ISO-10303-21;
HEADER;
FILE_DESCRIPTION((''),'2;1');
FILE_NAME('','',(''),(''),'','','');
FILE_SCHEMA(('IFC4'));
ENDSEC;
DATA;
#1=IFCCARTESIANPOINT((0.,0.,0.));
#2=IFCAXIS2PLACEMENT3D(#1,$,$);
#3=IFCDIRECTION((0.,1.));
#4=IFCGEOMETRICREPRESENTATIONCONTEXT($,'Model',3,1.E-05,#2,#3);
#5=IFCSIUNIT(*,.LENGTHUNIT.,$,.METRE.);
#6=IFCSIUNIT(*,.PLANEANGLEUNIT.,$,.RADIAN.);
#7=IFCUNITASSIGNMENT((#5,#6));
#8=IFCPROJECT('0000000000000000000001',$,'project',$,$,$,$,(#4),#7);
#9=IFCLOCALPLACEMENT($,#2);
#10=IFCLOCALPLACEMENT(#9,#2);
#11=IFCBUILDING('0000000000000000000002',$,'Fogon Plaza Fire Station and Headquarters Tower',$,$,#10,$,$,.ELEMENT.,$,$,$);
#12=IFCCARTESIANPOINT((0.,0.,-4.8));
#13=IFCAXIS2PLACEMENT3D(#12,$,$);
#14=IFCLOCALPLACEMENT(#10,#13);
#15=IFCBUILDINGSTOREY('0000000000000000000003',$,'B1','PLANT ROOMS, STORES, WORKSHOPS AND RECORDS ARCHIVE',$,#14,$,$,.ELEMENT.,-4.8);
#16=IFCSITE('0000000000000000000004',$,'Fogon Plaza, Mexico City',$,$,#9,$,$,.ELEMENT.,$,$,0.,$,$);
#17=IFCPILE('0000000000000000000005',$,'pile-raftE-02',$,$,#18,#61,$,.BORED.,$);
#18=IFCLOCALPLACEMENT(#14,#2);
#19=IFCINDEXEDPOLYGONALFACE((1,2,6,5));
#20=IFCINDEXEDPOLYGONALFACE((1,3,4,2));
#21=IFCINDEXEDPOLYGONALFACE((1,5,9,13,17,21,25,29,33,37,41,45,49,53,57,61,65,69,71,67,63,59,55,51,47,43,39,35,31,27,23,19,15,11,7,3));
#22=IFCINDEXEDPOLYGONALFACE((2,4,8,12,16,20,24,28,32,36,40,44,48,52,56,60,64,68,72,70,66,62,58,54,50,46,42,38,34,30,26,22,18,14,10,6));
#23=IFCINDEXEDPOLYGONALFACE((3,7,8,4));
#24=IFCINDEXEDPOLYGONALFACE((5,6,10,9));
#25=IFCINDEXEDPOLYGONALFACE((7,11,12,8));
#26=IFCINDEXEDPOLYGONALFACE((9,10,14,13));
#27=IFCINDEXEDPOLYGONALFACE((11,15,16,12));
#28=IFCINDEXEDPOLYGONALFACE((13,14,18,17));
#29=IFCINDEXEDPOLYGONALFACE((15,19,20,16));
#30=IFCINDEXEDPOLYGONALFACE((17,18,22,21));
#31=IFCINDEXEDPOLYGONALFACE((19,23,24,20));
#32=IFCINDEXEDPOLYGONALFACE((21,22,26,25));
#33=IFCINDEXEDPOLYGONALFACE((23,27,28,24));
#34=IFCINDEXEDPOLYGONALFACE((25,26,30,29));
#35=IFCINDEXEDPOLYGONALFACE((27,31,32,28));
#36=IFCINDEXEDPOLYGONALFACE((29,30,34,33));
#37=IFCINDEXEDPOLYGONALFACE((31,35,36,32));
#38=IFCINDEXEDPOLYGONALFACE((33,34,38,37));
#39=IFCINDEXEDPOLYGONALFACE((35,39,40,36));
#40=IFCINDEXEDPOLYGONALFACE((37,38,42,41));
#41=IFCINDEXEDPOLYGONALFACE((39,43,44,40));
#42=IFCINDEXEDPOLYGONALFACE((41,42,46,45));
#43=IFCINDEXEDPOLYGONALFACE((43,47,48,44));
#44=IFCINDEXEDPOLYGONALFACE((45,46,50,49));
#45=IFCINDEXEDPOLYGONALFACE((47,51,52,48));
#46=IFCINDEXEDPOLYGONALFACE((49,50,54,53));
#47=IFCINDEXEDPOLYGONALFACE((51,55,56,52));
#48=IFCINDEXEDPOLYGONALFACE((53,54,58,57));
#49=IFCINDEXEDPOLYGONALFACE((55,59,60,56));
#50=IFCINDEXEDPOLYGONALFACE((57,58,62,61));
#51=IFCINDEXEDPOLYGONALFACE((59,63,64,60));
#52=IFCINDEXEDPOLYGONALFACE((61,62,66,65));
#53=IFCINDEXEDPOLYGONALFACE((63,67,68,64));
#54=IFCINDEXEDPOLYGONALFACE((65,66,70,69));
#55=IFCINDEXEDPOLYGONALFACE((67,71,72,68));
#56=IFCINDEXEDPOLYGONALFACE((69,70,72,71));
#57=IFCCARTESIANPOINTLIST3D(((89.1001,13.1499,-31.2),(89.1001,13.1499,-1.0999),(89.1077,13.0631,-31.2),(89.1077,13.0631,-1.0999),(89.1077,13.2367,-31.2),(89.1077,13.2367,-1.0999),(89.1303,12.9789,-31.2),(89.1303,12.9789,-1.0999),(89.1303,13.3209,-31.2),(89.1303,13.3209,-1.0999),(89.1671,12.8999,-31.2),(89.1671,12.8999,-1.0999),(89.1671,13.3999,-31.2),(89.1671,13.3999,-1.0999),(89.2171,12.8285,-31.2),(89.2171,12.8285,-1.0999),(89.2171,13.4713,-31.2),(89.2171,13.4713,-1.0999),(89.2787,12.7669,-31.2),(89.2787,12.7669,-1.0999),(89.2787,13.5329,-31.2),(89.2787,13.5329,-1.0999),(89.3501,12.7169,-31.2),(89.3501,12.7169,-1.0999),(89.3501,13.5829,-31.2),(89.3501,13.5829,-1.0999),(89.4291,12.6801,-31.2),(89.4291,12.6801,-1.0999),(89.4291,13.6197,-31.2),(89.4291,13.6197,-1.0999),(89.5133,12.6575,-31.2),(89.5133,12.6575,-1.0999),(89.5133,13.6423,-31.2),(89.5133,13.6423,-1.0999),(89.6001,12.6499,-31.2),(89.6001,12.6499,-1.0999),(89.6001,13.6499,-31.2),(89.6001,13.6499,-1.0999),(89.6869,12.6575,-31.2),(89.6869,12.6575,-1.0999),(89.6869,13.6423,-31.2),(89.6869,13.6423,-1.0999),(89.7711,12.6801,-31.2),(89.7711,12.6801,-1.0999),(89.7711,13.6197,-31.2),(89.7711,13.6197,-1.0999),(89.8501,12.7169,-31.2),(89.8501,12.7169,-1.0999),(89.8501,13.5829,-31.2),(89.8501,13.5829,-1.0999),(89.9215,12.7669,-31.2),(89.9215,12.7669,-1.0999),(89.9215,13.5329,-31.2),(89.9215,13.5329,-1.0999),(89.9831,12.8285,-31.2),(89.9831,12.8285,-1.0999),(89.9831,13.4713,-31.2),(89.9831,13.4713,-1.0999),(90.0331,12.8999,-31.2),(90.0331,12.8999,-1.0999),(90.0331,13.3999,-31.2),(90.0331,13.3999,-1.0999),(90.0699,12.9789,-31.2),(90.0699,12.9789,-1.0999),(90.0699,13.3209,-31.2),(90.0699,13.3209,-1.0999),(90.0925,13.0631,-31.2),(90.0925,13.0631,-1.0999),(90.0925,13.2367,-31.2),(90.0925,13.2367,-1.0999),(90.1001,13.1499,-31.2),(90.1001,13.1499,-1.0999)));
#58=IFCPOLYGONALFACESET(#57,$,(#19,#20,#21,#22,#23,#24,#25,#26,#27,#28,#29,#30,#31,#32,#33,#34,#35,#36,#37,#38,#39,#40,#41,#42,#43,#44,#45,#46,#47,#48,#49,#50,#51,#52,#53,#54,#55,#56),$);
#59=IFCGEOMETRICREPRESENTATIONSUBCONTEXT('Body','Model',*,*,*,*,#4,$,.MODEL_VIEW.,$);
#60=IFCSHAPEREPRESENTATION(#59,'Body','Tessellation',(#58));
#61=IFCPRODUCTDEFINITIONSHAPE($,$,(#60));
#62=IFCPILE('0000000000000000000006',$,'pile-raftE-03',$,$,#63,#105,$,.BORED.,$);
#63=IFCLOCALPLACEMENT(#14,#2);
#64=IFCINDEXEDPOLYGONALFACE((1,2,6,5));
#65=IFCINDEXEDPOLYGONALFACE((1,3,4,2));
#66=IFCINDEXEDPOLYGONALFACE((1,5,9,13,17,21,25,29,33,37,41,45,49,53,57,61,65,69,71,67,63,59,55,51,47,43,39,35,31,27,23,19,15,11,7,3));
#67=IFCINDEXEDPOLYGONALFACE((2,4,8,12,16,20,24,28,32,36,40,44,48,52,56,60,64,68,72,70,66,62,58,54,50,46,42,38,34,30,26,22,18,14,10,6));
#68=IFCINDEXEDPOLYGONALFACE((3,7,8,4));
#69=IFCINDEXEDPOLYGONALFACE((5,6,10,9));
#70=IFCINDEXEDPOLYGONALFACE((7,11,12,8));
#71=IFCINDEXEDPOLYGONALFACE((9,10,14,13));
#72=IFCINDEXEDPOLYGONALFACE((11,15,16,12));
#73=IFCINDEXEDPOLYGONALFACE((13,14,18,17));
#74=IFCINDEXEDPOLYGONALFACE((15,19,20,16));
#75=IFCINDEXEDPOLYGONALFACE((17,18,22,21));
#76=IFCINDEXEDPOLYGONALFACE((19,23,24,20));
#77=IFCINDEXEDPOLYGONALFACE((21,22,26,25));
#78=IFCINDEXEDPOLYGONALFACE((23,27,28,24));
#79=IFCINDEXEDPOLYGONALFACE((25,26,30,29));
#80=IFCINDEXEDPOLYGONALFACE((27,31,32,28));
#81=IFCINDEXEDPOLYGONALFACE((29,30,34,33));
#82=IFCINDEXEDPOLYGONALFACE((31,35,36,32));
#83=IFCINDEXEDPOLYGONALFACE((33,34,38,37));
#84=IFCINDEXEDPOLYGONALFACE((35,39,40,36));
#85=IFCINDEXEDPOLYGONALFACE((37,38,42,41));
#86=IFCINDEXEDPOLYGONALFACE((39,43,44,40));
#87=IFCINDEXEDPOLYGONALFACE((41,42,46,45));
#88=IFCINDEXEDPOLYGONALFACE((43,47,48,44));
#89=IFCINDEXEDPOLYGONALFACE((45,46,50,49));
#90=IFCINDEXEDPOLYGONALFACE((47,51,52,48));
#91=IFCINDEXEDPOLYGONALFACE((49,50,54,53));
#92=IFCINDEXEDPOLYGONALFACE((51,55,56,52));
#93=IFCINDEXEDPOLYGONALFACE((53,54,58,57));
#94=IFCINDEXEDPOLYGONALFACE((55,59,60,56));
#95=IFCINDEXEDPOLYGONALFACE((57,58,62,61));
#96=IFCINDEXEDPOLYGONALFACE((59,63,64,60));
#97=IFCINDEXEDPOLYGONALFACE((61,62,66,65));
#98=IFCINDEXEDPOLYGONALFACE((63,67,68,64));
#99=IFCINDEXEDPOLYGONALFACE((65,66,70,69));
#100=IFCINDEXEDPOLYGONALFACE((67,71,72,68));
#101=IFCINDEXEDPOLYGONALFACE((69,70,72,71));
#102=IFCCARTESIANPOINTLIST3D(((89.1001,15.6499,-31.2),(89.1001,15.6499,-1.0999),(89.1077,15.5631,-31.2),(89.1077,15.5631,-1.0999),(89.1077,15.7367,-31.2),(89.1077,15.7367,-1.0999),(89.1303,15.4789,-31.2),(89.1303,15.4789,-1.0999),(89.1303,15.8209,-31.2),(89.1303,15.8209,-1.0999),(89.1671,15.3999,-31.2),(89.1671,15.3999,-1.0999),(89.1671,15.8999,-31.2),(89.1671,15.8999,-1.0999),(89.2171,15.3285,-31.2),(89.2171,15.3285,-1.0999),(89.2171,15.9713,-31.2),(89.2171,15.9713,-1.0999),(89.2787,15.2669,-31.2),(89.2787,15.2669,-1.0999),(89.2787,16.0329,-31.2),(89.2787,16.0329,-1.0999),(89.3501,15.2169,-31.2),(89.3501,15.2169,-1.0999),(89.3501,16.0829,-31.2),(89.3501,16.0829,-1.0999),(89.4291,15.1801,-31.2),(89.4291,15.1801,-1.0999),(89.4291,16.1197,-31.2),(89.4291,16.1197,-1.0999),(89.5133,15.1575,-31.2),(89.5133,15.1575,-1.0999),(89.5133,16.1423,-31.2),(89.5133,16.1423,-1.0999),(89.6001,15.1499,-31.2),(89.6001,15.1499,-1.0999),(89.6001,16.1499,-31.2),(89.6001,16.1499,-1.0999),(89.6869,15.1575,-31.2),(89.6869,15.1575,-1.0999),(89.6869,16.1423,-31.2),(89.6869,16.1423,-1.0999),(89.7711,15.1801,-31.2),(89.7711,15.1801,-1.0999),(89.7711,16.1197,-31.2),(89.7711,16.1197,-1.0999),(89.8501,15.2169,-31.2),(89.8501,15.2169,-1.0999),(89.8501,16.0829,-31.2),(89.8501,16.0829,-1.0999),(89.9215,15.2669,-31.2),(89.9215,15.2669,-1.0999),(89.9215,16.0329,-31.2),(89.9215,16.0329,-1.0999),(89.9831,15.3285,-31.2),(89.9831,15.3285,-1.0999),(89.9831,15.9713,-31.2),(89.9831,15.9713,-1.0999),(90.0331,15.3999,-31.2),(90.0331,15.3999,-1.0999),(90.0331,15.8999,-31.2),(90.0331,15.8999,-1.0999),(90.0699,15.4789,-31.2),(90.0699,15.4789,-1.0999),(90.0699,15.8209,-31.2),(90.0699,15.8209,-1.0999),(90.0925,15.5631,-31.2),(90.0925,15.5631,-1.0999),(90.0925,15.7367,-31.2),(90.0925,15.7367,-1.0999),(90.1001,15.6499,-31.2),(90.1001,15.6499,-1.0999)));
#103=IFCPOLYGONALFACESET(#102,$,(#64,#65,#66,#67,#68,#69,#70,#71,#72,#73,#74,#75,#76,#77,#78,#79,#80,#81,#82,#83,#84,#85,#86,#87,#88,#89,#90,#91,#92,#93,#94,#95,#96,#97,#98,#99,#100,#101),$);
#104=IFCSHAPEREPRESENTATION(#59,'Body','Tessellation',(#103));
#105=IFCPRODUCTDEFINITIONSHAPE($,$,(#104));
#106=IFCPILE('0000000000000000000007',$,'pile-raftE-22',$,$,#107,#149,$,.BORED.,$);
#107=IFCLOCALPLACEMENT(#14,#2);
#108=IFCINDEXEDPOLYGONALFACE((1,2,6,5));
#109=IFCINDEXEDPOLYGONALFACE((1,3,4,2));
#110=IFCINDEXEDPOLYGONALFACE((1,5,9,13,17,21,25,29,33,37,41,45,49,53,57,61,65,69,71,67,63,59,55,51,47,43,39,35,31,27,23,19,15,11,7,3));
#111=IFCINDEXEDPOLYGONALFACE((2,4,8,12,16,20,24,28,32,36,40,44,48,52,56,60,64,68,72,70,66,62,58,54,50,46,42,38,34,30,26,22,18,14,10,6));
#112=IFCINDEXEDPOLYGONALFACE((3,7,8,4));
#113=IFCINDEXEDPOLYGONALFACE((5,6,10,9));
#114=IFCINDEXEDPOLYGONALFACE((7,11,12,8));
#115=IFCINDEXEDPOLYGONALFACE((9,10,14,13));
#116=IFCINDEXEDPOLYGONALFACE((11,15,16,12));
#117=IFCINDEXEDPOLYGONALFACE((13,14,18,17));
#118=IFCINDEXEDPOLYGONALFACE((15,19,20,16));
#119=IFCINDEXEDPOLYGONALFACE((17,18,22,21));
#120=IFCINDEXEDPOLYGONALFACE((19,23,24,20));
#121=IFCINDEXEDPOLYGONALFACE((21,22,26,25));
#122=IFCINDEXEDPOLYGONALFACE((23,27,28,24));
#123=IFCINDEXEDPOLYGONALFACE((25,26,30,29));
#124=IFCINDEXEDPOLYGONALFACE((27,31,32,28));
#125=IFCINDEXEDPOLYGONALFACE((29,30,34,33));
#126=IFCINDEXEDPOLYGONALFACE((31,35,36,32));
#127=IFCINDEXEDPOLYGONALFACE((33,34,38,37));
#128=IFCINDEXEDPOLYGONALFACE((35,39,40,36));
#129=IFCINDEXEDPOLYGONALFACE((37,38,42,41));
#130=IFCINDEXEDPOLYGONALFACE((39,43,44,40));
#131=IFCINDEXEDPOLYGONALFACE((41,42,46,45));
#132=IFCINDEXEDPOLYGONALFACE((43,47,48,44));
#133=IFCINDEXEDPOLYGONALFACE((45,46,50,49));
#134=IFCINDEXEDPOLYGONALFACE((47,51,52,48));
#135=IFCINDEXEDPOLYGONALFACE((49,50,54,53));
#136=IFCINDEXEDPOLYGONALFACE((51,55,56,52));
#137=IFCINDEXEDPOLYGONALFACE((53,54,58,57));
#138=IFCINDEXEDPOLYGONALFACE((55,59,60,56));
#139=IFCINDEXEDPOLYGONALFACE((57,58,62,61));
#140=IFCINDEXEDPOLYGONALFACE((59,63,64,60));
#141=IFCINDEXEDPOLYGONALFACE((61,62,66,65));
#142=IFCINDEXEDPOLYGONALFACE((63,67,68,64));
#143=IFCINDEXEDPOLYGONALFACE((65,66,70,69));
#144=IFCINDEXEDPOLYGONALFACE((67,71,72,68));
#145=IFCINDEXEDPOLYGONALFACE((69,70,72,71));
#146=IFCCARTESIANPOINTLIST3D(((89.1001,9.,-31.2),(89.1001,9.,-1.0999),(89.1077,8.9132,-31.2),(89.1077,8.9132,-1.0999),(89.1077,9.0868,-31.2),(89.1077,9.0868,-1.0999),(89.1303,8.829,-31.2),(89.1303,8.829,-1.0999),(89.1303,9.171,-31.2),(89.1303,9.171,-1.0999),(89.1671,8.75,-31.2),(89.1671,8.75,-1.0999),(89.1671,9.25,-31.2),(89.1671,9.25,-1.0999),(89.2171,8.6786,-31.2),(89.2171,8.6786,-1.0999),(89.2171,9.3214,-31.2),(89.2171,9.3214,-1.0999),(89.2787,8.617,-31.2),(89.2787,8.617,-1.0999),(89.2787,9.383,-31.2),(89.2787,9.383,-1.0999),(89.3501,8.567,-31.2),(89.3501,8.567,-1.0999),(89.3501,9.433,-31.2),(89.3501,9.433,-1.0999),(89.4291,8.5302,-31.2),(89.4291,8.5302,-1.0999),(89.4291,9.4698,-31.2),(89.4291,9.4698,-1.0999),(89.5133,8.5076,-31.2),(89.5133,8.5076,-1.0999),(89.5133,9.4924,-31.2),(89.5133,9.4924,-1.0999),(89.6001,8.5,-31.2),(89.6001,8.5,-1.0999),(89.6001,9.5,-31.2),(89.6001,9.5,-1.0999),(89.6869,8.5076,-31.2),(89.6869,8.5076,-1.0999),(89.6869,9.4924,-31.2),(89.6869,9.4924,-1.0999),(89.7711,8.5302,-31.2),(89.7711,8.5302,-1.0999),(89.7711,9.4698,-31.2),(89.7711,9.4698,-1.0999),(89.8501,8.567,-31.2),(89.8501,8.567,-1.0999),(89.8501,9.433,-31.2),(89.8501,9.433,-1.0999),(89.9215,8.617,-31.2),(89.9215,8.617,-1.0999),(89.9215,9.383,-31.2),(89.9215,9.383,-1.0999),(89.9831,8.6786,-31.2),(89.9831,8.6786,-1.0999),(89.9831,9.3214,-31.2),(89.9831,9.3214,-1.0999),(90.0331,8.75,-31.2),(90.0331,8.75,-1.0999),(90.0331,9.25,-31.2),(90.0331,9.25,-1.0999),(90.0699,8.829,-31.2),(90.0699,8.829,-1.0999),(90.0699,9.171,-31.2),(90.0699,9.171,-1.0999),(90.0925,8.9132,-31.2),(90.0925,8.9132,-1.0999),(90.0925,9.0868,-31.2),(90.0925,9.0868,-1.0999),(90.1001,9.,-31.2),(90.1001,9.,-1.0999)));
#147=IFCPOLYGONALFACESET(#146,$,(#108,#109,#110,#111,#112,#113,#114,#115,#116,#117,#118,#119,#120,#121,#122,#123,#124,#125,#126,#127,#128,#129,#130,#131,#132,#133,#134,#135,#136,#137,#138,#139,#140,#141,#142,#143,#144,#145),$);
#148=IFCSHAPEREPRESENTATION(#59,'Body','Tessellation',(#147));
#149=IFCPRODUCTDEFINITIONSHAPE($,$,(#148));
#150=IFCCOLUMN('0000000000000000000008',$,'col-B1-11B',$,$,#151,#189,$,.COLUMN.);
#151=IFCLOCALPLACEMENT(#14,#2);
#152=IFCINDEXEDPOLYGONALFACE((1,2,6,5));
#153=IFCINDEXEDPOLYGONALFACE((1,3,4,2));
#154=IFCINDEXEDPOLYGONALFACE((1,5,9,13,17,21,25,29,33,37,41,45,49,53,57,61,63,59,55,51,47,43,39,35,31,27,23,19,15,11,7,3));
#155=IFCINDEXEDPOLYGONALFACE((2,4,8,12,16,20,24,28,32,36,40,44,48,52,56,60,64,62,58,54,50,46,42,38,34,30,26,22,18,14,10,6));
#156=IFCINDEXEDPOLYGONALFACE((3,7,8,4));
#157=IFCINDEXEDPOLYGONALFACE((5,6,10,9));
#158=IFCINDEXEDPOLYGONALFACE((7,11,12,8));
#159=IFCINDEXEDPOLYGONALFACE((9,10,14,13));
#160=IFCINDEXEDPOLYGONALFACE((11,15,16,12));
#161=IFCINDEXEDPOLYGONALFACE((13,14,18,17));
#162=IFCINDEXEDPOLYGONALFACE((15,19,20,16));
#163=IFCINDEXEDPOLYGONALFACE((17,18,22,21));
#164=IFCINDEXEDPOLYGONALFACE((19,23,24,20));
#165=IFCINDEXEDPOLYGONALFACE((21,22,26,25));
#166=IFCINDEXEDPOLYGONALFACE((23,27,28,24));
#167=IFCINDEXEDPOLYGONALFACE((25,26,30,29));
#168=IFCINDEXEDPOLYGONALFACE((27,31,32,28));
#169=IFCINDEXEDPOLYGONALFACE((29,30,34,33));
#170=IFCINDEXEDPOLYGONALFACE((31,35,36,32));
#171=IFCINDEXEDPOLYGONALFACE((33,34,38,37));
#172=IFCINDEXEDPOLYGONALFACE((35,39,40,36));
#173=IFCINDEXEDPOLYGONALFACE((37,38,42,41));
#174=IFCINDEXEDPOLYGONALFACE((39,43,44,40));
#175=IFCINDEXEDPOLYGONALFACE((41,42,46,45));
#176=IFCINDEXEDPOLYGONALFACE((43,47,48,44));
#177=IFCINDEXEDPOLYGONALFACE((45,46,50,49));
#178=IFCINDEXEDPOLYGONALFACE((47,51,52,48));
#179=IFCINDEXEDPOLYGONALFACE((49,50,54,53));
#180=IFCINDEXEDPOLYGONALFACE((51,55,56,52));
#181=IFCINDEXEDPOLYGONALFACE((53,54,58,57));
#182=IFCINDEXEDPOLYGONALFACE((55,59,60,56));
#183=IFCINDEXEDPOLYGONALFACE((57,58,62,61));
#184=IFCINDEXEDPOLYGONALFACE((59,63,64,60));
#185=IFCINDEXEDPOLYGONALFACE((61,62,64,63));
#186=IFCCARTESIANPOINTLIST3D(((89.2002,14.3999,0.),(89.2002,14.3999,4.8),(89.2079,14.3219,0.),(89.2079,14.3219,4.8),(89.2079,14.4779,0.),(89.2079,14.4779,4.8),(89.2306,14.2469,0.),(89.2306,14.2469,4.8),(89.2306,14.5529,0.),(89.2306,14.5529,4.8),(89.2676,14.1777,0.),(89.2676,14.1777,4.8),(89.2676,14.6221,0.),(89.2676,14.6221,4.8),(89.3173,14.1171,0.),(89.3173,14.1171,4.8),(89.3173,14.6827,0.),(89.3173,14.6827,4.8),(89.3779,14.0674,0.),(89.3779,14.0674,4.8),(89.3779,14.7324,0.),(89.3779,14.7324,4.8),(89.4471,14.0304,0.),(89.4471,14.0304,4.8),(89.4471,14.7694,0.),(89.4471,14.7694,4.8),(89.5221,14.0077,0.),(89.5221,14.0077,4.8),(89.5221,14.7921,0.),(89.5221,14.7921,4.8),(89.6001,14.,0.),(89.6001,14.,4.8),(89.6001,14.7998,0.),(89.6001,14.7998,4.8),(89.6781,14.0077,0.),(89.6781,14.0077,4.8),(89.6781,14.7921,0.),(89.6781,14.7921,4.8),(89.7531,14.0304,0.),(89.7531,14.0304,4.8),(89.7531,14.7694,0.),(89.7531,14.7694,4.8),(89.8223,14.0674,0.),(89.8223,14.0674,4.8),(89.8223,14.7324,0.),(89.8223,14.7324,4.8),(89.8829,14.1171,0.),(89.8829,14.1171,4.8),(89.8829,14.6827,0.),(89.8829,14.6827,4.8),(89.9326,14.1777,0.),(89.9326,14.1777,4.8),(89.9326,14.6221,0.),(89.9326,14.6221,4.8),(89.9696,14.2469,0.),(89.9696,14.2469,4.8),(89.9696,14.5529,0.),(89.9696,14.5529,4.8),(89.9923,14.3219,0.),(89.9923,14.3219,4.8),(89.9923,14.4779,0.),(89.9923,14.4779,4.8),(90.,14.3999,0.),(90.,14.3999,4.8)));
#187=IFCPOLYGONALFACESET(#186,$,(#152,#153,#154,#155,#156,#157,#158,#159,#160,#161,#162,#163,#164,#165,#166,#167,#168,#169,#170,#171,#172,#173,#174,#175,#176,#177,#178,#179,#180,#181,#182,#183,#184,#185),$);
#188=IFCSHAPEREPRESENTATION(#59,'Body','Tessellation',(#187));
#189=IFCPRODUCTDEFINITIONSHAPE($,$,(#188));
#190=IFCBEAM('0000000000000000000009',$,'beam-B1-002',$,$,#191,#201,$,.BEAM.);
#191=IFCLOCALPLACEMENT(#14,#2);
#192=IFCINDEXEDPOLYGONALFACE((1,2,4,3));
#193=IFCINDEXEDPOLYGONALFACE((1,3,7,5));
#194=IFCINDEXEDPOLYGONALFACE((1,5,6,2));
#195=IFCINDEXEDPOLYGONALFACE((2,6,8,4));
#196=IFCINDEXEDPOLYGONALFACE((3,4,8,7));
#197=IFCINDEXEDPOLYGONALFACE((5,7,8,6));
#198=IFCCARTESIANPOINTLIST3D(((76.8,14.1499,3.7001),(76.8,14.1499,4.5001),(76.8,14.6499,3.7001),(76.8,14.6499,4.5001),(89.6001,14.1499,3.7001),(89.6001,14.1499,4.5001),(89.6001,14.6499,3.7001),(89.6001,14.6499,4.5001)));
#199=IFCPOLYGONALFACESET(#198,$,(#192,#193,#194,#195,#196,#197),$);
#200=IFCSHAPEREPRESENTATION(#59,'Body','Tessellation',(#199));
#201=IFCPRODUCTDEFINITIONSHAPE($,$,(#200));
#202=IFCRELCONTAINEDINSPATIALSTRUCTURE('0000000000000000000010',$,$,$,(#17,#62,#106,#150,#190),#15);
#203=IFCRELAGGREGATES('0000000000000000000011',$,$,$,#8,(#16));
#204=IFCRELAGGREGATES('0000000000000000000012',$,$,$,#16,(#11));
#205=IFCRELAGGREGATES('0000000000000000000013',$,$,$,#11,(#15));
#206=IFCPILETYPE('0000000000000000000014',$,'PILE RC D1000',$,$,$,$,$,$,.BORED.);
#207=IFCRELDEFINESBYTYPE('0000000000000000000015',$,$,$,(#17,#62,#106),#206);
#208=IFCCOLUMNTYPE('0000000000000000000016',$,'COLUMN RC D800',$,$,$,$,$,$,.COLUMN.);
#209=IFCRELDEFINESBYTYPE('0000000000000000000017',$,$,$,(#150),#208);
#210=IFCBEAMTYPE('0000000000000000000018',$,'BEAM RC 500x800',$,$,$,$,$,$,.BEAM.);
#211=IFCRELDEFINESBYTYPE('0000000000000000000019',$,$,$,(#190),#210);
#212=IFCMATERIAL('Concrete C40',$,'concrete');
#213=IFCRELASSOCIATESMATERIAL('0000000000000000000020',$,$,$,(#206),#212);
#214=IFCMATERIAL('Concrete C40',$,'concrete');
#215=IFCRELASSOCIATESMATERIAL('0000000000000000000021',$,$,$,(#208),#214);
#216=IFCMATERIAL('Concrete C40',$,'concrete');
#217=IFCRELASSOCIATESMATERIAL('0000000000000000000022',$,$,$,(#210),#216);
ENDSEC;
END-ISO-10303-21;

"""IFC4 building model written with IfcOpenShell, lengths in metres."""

from ifc_helpers import new_model, si_unit, direction, frame, origin, origin_2d, place, context, subcontext, project, spatial, rectangle, circle, extrude, material, material_profile, profile_set, type_object, element, save


model = new_model("IFC4")

# Units and contexts
model_context = context("Model", 3, precision=1e-05, world=origin(), true_north=direction((0.0, 1.0)))
body_context = subcontext(model_context, "Body", "Model", "MODEL_VIEW")
ifc_project = project(units=[si_unit("LENGTHUNIT", "METRE"), si_unit("PLANEANGLEUNIT", "RADIAN")], contexts=[model_context])

# Site, building, storey
site_placement = place(None, origin())
site = spatial("IfcSite", under=ifc_project, at=site_placement, Name="Fogon Plaza, Mexico City", CompositionType="ELEMENT", RefElevation=0.0)
building_placement = place(site_placement, origin())
building = spatial("IfcBuilding", under=site, at=building_placement, Name="Fogon Plaza Fire Station and Headquarters Tower", CompositionType="ELEMENT")
storey_placement = place(building_placement, frame((0.0, 0.0, -4.8)))
storey = spatial("IfcBuildingStorey", under=building, at=storey_placement, Name="B1", Description="PLANT ROOMS, STORES, WORKSHOPS AND RECORDS ARCHIVE", CompositionType="ELEMENT", Elevation=-4.8)

# Piles
ifc_material_1 = material(Name="Concrete C40", Category="concrete")
ifc_material_profile_1 = material_profile(ifc_material_1, circle(Radius=0.5, at=origin_2d()), Name="RC D1000")
ifc_profile_set_1 = profile_set([ifc_material_profile_1], Name="Concrete C40")
pile_type = type_object("IfcPileType", Name="PILE RC D1000", PredefinedType="BORED", material=ifc_profile_set_1)
for number, where, z_axis, x_axis, name in (
    (1, (89.6001, 13.1499, -1.0999), (0.0, 0.0, -1.0), (1.0, 0.0, 0.0), "pile-raftE-02"),
    (2, (89.6001, 15.6499, -1.0999), (0.0, 0.0, -1.0), (1.0, 0.0, 0.0), "pile-raftE-03"),
    (3, (89.6001, 9.0, -1.0999), (0.0, 0.0, -1.0), (1.0, 0.0, 0.0), "pile-raftE-22"),
):
    element("IfcPile", number, at=place(storey_placement, frame(where, z_axis=z_axis, x_axis=x_axis)), inside=storey, type_object=pile_type, Name=name, PredefinedType="BORED", context=body_context, shape_type="SweptSolid", body=[
        extrude(circle(Radius=0.5, at=origin_2d()), origin(), (0.0, 0.0, 1.0), 30.1001),
    ])

# Column
ifc_material_2 = material(Name="Concrete C40", Category="concrete")
ifc_material_profile_2 = material_profile(ifc_material_2, circle(Radius=0.3999, at=origin_2d()), Name="RC D800")
ifc_profile_set_2 = profile_set([ifc_material_profile_2], Name="Concrete C40")
column_type = type_object("IfcColumnType", Name="COLUMN RC D800", PredefinedType="COLUMN", material=ifc_profile_set_2)
column_placement = place(storey_placement, frame((89.6001, 14.3999, 0.0), z_axis=(0.0, 0.0, 1.0), x_axis=(1.0, 0.0, 0.0)))
element("IfcColumn", 4, at=column_placement, inside=storey, type_object=column_type, Name="col-B1-11B", PredefinedType="COLUMN", context=body_context, shape_type="SweptSolid", body=[
    extrude(circle(Radius=0.3999, at=origin_2d()), origin(), (0.0, 0.0, 1.0), 4.8),
])

# Beam
ifc_material_3 = material(Name="Concrete C40", Category="concrete")
ifc_material_profile_3 = material_profile(ifc_material_3, rectangle(XDim=0.5, YDim=0.8, at=origin_2d()), Name="RC 500x800")
ifc_profile_set_3 = profile_set([ifc_material_profile_3], Name="Concrete C40")
beam_type_1 = type_object("IfcBeamType", Name="BEAM RC 500x800", PredefinedType="BEAM", material=ifc_profile_set_3)
beam_1_placement = place(storey_placement, frame((89.6001, 14.3999, 4.1001), z_axis=(-1.0, 0.0, 0.0), x_axis=(0.0, -1.0, 0.0)))
element("IfcBeam", 5, at=beam_1_placement, inside=storey, type_object=beam_type_1, Name="beam-B1-002", PredefinedType="BEAM", context=body_context, shape_type="SweptSolid", body=[
    extrude(rectangle(XDim=0.5, YDim=0.8, at=origin_2d()), origin(), (0.0, 0.0, 1.0), 12.8),
])

save(model, "model.ifc")
